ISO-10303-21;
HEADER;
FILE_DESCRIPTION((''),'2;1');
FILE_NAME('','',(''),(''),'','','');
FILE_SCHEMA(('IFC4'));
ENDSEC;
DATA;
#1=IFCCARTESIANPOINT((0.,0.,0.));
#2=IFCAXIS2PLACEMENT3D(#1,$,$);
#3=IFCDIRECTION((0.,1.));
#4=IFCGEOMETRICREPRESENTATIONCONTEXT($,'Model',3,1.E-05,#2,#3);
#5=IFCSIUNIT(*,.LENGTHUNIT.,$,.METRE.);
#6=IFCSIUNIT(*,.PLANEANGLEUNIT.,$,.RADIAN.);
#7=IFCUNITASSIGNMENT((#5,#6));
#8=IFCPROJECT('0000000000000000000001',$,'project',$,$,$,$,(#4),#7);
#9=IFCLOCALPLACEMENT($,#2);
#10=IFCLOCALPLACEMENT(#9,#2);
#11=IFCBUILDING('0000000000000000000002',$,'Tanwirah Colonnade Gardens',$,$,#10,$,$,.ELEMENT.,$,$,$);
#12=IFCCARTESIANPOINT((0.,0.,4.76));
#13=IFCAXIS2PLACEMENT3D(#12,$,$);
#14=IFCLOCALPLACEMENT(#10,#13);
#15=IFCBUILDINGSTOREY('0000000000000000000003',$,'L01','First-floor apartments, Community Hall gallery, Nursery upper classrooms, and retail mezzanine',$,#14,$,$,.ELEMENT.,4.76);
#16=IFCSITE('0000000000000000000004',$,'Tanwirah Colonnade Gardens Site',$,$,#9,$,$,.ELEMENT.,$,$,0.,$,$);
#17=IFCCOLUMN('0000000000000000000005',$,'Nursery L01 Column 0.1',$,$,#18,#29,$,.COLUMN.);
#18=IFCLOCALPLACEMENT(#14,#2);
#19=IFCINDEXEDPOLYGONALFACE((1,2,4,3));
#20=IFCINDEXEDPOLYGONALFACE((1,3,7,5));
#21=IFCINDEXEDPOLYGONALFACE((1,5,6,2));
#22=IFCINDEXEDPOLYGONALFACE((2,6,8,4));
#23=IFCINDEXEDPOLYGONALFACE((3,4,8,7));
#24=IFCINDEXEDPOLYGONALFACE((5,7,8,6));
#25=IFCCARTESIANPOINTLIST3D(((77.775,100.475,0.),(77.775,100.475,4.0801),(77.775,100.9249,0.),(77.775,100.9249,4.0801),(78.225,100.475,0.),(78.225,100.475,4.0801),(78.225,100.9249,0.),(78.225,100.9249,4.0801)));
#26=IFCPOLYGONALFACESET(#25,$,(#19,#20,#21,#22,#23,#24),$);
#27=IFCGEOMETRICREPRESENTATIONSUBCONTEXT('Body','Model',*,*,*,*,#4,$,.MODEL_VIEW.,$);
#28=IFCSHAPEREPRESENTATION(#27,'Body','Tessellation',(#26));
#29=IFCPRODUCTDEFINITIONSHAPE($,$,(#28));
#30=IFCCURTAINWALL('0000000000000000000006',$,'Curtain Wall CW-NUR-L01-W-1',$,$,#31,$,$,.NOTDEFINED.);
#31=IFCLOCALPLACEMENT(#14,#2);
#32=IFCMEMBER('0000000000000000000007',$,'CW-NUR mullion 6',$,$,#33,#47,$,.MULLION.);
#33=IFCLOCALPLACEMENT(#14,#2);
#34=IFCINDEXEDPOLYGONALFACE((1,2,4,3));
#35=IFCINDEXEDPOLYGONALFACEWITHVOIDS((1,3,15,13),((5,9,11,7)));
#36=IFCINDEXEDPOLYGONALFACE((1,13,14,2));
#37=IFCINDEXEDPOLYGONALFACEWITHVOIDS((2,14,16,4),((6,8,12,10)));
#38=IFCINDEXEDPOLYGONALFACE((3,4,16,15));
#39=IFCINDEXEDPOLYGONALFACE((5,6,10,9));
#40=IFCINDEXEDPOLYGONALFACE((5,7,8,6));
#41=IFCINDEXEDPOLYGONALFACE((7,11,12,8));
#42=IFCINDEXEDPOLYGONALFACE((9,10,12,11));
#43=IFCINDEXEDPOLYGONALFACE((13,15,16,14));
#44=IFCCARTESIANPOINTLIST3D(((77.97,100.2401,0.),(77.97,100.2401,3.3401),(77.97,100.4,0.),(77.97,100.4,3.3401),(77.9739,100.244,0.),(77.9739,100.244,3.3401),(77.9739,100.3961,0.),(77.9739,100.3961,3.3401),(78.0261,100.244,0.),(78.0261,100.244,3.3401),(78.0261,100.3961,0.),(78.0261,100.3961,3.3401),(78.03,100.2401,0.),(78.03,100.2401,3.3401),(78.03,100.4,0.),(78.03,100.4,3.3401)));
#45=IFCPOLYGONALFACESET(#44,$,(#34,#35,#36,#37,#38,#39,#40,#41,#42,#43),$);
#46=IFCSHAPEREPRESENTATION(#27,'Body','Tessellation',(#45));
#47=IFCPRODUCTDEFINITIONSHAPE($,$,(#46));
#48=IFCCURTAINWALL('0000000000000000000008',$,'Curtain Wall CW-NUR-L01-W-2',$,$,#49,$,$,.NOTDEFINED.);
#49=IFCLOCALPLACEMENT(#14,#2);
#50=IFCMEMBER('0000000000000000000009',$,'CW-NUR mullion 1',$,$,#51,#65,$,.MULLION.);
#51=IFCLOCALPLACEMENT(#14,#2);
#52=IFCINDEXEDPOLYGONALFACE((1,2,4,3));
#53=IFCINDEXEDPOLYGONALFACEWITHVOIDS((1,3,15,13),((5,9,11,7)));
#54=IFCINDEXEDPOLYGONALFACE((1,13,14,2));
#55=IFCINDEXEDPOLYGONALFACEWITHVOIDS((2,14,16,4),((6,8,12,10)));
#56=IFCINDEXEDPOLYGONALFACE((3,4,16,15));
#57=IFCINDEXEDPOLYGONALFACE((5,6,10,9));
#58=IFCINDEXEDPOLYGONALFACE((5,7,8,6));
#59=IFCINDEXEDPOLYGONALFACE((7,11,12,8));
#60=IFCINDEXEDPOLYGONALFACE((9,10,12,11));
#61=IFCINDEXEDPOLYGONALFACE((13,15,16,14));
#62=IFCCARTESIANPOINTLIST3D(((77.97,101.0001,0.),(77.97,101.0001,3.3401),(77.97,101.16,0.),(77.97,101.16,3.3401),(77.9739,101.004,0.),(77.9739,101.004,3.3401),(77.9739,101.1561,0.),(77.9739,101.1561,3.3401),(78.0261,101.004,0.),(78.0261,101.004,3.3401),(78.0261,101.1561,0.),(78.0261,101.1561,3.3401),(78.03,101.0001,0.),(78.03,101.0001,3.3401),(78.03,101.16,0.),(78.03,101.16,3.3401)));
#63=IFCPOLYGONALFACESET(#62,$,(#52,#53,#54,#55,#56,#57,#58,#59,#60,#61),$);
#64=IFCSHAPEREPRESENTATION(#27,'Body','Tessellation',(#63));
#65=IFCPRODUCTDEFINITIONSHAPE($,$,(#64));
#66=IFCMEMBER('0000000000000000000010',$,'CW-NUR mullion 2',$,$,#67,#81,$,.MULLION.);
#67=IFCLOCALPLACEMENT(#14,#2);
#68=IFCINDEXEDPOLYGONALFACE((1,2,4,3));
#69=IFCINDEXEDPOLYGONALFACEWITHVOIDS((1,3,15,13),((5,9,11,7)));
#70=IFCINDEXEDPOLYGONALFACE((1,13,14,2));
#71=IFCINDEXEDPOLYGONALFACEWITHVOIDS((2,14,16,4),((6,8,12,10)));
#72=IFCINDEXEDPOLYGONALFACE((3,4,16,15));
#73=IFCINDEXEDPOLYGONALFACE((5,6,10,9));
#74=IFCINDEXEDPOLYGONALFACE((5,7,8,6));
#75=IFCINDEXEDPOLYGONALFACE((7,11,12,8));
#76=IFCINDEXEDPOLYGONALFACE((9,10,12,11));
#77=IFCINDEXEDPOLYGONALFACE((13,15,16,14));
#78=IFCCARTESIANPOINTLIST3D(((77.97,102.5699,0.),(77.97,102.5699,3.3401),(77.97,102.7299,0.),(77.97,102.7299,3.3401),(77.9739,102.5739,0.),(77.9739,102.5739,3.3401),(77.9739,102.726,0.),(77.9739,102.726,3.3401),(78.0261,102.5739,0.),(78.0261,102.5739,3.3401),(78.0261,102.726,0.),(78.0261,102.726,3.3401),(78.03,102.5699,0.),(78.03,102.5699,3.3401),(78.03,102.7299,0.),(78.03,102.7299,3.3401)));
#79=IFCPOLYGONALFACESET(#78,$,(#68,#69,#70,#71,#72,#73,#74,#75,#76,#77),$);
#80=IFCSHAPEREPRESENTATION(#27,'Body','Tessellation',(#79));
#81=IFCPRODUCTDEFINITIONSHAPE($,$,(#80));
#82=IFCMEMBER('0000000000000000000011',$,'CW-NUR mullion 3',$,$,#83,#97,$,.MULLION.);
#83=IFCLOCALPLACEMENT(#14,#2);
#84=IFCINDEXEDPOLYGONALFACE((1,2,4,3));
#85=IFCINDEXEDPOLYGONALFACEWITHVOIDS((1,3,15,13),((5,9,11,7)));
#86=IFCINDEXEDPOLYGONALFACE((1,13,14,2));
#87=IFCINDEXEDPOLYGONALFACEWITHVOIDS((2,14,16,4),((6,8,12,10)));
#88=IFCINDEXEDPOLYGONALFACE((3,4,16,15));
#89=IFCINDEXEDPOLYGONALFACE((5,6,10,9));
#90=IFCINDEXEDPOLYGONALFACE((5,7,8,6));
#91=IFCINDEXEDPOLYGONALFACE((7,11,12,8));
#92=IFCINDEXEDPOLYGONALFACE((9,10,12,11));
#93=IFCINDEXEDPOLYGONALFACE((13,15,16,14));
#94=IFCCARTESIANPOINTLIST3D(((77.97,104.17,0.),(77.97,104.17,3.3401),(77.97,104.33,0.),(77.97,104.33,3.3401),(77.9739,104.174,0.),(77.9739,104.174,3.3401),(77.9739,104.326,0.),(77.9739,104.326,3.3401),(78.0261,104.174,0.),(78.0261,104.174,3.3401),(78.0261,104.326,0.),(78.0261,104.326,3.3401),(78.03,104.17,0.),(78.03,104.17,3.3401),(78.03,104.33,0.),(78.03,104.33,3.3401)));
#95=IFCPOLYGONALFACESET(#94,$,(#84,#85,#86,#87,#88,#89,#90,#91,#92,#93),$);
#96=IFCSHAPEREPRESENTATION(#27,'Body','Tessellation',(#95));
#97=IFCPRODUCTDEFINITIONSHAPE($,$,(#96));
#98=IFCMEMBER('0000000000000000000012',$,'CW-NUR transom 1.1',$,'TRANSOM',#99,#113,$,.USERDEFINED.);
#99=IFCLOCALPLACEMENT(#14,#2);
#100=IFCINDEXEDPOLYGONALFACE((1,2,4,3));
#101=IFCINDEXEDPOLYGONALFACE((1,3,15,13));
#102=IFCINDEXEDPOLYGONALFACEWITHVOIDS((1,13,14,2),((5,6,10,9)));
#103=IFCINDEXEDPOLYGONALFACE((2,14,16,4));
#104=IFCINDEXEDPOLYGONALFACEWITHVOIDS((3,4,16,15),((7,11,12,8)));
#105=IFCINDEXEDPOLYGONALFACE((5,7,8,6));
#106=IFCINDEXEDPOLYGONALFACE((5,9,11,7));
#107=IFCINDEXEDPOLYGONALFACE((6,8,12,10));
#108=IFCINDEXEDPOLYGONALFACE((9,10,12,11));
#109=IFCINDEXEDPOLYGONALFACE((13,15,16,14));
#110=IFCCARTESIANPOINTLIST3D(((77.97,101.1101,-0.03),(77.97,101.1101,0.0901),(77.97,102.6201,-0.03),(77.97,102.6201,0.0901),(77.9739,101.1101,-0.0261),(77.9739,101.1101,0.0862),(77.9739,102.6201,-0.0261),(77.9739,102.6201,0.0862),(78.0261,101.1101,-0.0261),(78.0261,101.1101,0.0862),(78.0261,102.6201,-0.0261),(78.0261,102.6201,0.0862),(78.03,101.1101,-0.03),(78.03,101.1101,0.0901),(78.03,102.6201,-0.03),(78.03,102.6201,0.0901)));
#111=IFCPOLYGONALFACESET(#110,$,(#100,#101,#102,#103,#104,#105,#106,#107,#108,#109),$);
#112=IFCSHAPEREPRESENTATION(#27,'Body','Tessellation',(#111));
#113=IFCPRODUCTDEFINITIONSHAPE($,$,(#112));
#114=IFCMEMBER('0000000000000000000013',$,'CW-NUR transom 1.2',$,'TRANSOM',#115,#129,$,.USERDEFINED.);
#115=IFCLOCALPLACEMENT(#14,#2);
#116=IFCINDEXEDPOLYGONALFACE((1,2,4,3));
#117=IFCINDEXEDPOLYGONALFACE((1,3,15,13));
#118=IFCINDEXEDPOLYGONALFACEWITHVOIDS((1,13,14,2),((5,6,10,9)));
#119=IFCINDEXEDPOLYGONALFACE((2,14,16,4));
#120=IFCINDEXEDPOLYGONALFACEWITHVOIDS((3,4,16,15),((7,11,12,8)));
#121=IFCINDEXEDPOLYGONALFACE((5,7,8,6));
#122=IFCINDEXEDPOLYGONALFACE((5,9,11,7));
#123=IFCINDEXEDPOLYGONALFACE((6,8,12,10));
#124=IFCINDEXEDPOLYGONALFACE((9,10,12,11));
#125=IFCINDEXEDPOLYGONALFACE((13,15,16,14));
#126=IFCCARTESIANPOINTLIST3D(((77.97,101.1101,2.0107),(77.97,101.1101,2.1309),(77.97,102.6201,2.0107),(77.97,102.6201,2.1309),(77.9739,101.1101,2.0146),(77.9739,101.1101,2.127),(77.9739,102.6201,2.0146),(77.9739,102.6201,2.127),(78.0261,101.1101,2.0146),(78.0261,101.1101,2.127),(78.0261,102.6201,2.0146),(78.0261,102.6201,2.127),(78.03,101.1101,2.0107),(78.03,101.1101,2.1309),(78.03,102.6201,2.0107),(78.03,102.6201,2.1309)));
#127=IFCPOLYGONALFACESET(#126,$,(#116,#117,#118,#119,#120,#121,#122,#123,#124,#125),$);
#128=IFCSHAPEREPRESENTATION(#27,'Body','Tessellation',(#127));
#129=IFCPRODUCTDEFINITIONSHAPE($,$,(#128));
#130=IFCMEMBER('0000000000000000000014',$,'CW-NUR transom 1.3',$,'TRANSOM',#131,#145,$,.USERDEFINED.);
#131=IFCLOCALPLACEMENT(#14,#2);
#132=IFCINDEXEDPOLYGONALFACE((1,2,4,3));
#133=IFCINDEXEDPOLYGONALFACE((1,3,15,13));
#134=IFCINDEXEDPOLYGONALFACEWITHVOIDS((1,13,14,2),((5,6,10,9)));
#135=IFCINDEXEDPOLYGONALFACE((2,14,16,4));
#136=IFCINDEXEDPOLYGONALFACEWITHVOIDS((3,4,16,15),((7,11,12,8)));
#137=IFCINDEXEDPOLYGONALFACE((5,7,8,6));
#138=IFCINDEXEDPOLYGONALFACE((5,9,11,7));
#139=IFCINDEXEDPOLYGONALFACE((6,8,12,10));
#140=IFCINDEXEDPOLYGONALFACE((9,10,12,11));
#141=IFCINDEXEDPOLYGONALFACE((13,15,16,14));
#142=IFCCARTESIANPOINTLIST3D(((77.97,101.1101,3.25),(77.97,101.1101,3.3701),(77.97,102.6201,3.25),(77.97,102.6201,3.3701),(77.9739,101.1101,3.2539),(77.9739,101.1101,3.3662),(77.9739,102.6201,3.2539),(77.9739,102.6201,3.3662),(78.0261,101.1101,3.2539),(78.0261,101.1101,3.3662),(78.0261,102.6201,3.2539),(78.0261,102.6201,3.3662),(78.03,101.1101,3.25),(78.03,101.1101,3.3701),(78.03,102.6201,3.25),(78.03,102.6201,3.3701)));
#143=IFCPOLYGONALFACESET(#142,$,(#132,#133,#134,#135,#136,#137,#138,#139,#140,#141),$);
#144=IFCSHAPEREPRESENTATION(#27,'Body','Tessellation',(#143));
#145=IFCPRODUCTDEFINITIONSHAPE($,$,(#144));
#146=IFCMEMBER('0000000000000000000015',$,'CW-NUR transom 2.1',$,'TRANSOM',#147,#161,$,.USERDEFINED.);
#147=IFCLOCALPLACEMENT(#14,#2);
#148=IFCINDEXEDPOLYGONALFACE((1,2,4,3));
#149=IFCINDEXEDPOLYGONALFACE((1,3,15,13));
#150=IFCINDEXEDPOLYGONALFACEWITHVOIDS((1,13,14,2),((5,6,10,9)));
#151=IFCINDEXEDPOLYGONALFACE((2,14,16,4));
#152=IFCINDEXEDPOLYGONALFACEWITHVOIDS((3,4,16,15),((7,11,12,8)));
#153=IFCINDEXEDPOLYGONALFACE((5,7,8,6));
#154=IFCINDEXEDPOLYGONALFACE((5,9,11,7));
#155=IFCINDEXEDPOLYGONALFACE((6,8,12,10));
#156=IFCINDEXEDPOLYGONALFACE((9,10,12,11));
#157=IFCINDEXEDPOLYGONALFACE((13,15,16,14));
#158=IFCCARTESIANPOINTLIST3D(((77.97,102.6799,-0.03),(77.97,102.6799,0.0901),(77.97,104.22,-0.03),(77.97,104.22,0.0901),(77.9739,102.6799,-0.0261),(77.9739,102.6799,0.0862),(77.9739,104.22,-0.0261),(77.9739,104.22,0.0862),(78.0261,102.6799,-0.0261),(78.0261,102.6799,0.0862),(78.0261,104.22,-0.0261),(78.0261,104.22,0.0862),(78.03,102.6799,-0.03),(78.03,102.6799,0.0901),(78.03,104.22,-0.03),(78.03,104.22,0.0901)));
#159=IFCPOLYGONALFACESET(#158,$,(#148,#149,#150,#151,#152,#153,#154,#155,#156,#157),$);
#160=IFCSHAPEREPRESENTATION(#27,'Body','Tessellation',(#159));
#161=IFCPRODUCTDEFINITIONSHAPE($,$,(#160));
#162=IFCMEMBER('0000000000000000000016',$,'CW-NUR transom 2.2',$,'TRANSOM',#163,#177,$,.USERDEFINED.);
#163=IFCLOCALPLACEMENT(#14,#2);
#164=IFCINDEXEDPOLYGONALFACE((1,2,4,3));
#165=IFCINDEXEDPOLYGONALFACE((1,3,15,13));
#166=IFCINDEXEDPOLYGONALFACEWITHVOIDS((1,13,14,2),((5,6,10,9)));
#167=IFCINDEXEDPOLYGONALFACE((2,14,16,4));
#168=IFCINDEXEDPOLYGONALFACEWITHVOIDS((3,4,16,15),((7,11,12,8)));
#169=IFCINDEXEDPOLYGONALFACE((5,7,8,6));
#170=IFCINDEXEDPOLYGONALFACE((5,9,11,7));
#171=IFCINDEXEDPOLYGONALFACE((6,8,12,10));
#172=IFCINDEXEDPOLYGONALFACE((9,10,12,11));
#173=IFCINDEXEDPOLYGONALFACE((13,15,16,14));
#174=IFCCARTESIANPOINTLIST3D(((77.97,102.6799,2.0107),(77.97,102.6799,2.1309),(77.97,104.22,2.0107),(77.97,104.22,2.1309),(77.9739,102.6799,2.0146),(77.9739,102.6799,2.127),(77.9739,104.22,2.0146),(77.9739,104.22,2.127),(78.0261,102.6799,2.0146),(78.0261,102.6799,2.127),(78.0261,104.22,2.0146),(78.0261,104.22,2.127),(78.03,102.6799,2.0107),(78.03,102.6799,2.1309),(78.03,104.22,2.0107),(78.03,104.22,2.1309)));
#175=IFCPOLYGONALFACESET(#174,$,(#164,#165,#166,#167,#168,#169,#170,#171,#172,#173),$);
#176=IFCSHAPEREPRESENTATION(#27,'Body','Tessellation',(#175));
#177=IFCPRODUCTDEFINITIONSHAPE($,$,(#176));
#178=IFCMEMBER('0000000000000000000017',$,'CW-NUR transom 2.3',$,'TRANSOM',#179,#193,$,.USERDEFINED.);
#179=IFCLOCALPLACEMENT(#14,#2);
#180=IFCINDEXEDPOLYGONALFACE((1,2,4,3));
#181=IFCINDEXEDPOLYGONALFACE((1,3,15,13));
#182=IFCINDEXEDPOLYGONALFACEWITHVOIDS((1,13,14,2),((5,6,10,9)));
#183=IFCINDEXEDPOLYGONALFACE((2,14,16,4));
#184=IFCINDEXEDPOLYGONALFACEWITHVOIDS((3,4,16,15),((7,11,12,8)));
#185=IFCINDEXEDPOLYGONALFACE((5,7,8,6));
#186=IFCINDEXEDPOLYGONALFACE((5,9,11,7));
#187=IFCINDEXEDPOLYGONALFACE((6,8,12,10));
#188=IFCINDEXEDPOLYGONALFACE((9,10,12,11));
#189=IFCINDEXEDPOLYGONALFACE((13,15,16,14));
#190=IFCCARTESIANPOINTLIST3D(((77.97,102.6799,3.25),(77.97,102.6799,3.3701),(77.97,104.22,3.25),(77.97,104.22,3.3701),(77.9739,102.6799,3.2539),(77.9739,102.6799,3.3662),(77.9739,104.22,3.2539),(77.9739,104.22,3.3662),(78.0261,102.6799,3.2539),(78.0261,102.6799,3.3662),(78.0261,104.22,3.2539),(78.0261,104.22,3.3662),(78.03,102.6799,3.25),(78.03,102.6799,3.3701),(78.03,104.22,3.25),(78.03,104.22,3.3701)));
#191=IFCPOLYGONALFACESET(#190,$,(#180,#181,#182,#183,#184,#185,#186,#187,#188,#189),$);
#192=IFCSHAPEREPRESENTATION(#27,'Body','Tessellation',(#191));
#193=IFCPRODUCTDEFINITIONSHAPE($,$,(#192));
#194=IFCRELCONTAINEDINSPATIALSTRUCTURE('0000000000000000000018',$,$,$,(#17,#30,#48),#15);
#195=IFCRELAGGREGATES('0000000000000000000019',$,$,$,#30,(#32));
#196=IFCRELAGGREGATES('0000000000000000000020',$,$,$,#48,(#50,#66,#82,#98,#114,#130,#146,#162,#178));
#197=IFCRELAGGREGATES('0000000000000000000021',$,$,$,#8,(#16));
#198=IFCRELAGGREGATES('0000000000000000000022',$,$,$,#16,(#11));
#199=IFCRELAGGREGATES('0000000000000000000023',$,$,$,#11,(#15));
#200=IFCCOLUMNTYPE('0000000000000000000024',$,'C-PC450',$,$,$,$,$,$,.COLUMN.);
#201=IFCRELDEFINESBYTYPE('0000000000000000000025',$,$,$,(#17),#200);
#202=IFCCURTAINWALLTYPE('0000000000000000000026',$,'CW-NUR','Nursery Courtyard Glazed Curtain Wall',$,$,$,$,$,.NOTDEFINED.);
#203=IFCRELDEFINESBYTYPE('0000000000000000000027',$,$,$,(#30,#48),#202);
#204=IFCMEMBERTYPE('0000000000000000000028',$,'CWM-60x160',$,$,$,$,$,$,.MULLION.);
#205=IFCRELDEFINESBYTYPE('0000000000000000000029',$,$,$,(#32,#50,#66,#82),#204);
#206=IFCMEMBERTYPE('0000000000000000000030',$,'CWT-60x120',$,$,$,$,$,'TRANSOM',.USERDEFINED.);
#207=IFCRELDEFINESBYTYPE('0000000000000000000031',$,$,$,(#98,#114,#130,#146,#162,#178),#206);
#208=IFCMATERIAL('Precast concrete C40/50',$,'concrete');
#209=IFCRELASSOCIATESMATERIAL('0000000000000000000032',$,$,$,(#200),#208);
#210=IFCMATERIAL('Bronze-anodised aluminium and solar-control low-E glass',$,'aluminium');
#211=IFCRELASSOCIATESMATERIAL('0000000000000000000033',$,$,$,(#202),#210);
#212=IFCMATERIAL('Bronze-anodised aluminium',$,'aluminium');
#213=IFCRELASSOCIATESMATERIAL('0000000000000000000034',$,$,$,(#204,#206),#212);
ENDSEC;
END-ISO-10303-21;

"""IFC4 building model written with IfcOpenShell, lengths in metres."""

from ifc_helpers import new_model, si_unit, direction, frame, origin, origin_2d, place, context, subcontext, project, spatial, rectangle, hollow_rectangle, extrude, material, material_profile, profile_set, type_object, element, aggregate, save


model = new_model("IFC4")

# Units and contexts
model_context = context("Model", 3, precision=1e-05, world=origin(), true_north=direction((0.0, 1.0)))
body_context = subcontext(model_context, "Body", "Model", "MODEL_VIEW")
ifc_project = project(units=[si_unit("LENGTHUNIT", "METRE"), si_unit("PLANEANGLEUNIT", "RADIAN")], contexts=[model_context])

# Site, building, storey
site_placement = place(None, origin())
site = spatial("IfcSite", under=ifc_project, at=site_placement, Name="Tanwirah Colonnade Gardens Site", CompositionType="ELEMENT", RefElevation=0.0)
building_placement = place(site_placement, origin())
building = spatial("IfcBuilding", under=site, at=building_placement, Name="Tanwirah Colonnade Gardens", CompositionType="ELEMENT")
storey_placement = place(building_placement, frame((0.0, 0.0, 4.76)))
storey = spatial("IfcBuildingStorey", under=building, at=storey_placement, Name="L01", Description="First-floor apartments, Community Hall gallery, Nursery upper classrooms, and retail mezzanine", CompositionType="ELEMENT", Elevation=4.76)

# Column
ifc_material_1 = material(Name="Precast concrete C40/50", Category="concrete")
ifc_material_profile_1 = material_profile(ifc_material_1, rectangle(XDim=0.45, YDim=0.45, at=origin_2d()), Name="PC-COL 450x450")
ifc_profile_set_1 = profile_set([ifc_material_profile_1], Name="Precast concrete C40/50")
column_type = type_object("IfcColumnType", Name="C-PC450", PredefinedType="COLUMN", material=ifc_profile_set_1)
column_placement = place(storey_placement, frame((78.0, 100.7, 0.0), z_axis=(0.0, 0.0, 1.0), x_axis=(1.0, 0.0, 0.0)))
element("IfcColumn", 1, at=column_placement, inside=storey, type_object=column_type, Name="Nursery L01 Column 0.1", PredefinedType="COLUMN", context=body_context, shape_type="SweptSolid", body=[
    extrude(rectangle(XDim=0.45, YDim=0.45, at=origin_2d()), origin(), (0.0, 0.0, 1.0), 4.0801),
])

# Curtain wall, member
ifc_material_2 = material(Name="Bronze-anodised aluminium and solar-control low-E glass", Category="aluminium")
curtain_wall_type = type_object("IfcCurtainWallType", Name="CW-NUR", Description="Nursery Courtyard Glazed Curtain Wall", PredefinedType="NOTDEFINED", material=ifc_material_2)
curtain_wall_1_placement = place(storey_placement, origin())
curtain_wall_1 = element("IfcCurtainWall", 2, at=curtain_wall_1_placement, inside=storey, type_object=curtain_wall_type, Name="Curtain Wall CW-NUR-L01-W-1", PredefinedType="NOTDEFINED")
ifc_material_3 = material(Name="Bronze-anodised aluminium", Category="aluminium")
ifc_material_profile_2 = material_profile(ifc_material_3, hollow_rectangle(XDim=0.0601, YDim=0.1599, WallThickness=0.0039, at=origin_2d()), Name="CW-MUL 60x160x4")
ifc_profile_set_2 = profile_set([ifc_material_profile_2], Name="Bronze-anodised aluminium")
member_type_1 = type_object("IfcMemberType", Name="CWM-60x160", PredefinedType="MULLION", material=ifc_profile_set_2)
member_1_placement = place(storey_placement, frame((78.0, 100.3201, 0.0), z_axis=(0.0, 0.0, 1.0), x_axis=(-1.0, 0.0, 0.0)))
member_1 = element("IfcMember", 3, at=member_1_placement, type_object=member_type_1, Name="CW-NUR mullion 6", PredefinedType="MULLION", context=body_context, shape_type="SweptSolid", body=[
    extrude(hollow_rectangle(XDim=0.0601, YDim=0.1599, WallThickness=0.0039, at=origin_2d()), origin(), (0.0, 0.0, 1.0), 3.3401),
])
aggregate(curtain_wall_1, [member_1])

# Curtain wall, members
curtain_wall_2_placement = place(storey_placement, origin())
curtain_wall_2 = element("IfcCurtainWall", 4, at=curtain_wall_2_placement, inside=storey, type_object=curtain_wall_type, Name="Curtain Wall CW-NUR-L01-W-2", PredefinedType="NOTDEFINED")
member_2_placement = place(storey_placement, frame((78.0, 101.0801, 0.0), z_axis=(0.0, 0.0, 1.0), x_axis=(-1.0, 0.0, 0.0)))
member_2 = element("IfcMember", 5, at=member_2_placement, type_object=member_type_1, Name="CW-NUR mullion 1", PredefinedType="MULLION", context=body_context, shape_type="SweptSolid", body=[
    extrude(hollow_rectangle(XDim=0.0601, YDim=0.1599, WallThickness=0.0039, at=origin_2d()), origin(), (0.0, 0.0, 1.0), 3.3401),
])
member_3_placement = place(storey_placement, frame((78.0, 102.6499, 0.0), z_axis=(0.0, 0.0, 1.0), x_axis=(-1.0, 0.0, 0.0)))
member_3 = element("IfcMember", 6, at=member_3_placement, type_object=member_type_1, Name="CW-NUR mullion 2", PredefinedType="MULLION", context=body_context, shape_type="SweptSolid", body=[
    extrude(hollow_rectangle(XDim=0.0601, YDim=0.1599, WallThickness=0.0039, at=origin_2d()), origin(), (0.0, 0.0, 1.0), 3.3401),
])
member_4_placement = place(storey_placement, frame((78.0, 104.25, 0.0), z_axis=(0.0, 0.0, 1.0), x_axis=(-1.0, 0.0, 0.0)))
member_4 = element("IfcMember", 7, at=member_4_placement, type_object=member_type_1, Name="CW-NUR mullion 3", PredefinedType="MULLION", context=body_context, shape_type="SweptSolid", body=[
    extrude(hollow_rectangle(XDim=0.0601, YDim=0.1599, WallThickness=0.0039, at=origin_2d()), origin(), (0.0, 0.0, 1.0), 3.3401),
])
ifc_material_profile_3 = material_profile(ifc_material_3, hollow_rectangle(XDim=0.0601, YDim=0.1201, WallThickness=0.0039, at=origin_2d()), Name="CW-TRN 60x120x4")
ifc_profile_set_3 = profile_set([ifc_material_profile_3], Name="Bronze-anodised aluminium")
member_type_2 = type_object("IfcMemberType", Name="CWT-60x120", ElementType="TRANSOM", PredefinedType="USERDEFINED", material=ifc_profile_set_3)
member_5_placement = place(storey_placement, frame((78.0, 101.1101, 0.03), z_axis=(0.0, 1.0, 0.0), x_axis=(-1.0, 0.0, 0.0)))
member_5 = element("IfcMember", 8, at=member_5_placement, type_object=member_type_2, Name="CW-NUR transom 1.1", ObjectType="TRANSOM", PredefinedType="USERDEFINED", context=body_context, shape_type="SweptSolid", body=[
    extrude(hollow_rectangle(XDim=0.0601, YDim=0.1201, WallThickness=0.0039, at=origin_2d()), origin(), (0.0, 0.0, 1.0), 1.51),
])
member_6_placement = place(storey_placement, frame((78.0, 101.1101, 2.0708), z_axis=(0.0, 1.0, 0.0), x_axis=(-1.0, 0.0, 0.0)))
member_6 = element("IfcMember", 9, at=member_6_placement, type_object=member_type_2, Name="CW-NUR transom 1.2", ObjectType="TRANSOM", PredefinedType="USERDEFINED", context=body_context, shape_type="SweptSolid", body=[
    extrude(hollow_rectangle(XDim=0.0601, YDim=0.1201, WallThickness=0.0039, at=origin_2d()), origin(), (0.0, 0.0, 1.0), 1.51),
])
member_7_placement = place(storey_placement, frame((78.0, 101.1101, 3.3101), z_axis=(0.0, 1.0, 0.0), x_axis=(-1.0, 0.0, 0.0)))
member_7 = element("IfcMember", 10, at=member_7_placement, type_object=member_type_2, Name="CW-NUR transom 1.3", ObjectType="TRANSOM", PredefinedType="USERDEFINED", context=body_context, shape_type="SweptSolid", body=[
    extrude(hollow_rectangle(XDim=0.0601, YDim=0.1201, WallThickness=0.0039, at=origin_2d()), origin(), (0.0, 0.0, 1.0), 1.51),
])
member_8_placement = place(storey_placement, frame((78.0, 102.6799, 0.03), z_axis=(0.0, 1.0, 0.0), x_axis=(-1.0, 0.0, 0.0)))
member_8 = element("IfcMember", 11, at=member_8_placement, type_object=member_type_2, Name="CW-NUR transom 2.1", ObjectType="TRANSOM", PredefinedType="USERDEFINED", context=body_context, shape_type="SweptSolid", body=[
    extrude(hollow_rectangle(XDim=0.0601, YDim=0.1201, WallThickness=0.0039, at=origin_2d()), origin(), (0.0, 0.0, 1.0), 1.54),
])
member_9_placement = place(storey_placement, frame((78.0, 102.6799, 2.0708), z_axis=(0.0, 1.0, 0.0), x_axis=(-1.0, 0.0, 0.0)))
member_9 = element("IfcMember", 12, at=member_9_placement, type_object=member_type_2, Name="CW-NUR transom 2.2", ObjectType="TRANSOM", PredefinedType="USERDEFINED", context=body_context, shape_type="SweptSolid", body=[
    extrude(hollow_rectangle(XDim=0.0601, YDim=0.1201, WallThickness=0.0039, at=origin_2d()), origin(), (0.0, 0.0, 1.0), 1.54),
])
member_10_placement = place(storey_placement, frame((78.0, 102.6799, 3.3101), z_axis=(0.0, 1.0, 0.0), x_axis=(-1.0, 0.0, 0.0)))
member_10 = element("IfcMember", 13, at=member_10_placement, type_object=member_type_2, Name="CW-NUR transom 2.3", ObjectType="TRANSOM", PredefinedType="USERDEFINED", context=body_context, shape_type="SweptSolid", body=[
    extrude(hollow_rectangle(XDim=0.0601, YDim=0.1201, WallThickness=0.0039, at=origin_2d()), origin(), (0.0, 0.0, 1.0), 1.54),
])
aggregate(curtain_wall_2, [member_2, member_3, member_4, member_5, member_6, member_7, member_8, member_9, member_10])

save(model, "model.ifc")
